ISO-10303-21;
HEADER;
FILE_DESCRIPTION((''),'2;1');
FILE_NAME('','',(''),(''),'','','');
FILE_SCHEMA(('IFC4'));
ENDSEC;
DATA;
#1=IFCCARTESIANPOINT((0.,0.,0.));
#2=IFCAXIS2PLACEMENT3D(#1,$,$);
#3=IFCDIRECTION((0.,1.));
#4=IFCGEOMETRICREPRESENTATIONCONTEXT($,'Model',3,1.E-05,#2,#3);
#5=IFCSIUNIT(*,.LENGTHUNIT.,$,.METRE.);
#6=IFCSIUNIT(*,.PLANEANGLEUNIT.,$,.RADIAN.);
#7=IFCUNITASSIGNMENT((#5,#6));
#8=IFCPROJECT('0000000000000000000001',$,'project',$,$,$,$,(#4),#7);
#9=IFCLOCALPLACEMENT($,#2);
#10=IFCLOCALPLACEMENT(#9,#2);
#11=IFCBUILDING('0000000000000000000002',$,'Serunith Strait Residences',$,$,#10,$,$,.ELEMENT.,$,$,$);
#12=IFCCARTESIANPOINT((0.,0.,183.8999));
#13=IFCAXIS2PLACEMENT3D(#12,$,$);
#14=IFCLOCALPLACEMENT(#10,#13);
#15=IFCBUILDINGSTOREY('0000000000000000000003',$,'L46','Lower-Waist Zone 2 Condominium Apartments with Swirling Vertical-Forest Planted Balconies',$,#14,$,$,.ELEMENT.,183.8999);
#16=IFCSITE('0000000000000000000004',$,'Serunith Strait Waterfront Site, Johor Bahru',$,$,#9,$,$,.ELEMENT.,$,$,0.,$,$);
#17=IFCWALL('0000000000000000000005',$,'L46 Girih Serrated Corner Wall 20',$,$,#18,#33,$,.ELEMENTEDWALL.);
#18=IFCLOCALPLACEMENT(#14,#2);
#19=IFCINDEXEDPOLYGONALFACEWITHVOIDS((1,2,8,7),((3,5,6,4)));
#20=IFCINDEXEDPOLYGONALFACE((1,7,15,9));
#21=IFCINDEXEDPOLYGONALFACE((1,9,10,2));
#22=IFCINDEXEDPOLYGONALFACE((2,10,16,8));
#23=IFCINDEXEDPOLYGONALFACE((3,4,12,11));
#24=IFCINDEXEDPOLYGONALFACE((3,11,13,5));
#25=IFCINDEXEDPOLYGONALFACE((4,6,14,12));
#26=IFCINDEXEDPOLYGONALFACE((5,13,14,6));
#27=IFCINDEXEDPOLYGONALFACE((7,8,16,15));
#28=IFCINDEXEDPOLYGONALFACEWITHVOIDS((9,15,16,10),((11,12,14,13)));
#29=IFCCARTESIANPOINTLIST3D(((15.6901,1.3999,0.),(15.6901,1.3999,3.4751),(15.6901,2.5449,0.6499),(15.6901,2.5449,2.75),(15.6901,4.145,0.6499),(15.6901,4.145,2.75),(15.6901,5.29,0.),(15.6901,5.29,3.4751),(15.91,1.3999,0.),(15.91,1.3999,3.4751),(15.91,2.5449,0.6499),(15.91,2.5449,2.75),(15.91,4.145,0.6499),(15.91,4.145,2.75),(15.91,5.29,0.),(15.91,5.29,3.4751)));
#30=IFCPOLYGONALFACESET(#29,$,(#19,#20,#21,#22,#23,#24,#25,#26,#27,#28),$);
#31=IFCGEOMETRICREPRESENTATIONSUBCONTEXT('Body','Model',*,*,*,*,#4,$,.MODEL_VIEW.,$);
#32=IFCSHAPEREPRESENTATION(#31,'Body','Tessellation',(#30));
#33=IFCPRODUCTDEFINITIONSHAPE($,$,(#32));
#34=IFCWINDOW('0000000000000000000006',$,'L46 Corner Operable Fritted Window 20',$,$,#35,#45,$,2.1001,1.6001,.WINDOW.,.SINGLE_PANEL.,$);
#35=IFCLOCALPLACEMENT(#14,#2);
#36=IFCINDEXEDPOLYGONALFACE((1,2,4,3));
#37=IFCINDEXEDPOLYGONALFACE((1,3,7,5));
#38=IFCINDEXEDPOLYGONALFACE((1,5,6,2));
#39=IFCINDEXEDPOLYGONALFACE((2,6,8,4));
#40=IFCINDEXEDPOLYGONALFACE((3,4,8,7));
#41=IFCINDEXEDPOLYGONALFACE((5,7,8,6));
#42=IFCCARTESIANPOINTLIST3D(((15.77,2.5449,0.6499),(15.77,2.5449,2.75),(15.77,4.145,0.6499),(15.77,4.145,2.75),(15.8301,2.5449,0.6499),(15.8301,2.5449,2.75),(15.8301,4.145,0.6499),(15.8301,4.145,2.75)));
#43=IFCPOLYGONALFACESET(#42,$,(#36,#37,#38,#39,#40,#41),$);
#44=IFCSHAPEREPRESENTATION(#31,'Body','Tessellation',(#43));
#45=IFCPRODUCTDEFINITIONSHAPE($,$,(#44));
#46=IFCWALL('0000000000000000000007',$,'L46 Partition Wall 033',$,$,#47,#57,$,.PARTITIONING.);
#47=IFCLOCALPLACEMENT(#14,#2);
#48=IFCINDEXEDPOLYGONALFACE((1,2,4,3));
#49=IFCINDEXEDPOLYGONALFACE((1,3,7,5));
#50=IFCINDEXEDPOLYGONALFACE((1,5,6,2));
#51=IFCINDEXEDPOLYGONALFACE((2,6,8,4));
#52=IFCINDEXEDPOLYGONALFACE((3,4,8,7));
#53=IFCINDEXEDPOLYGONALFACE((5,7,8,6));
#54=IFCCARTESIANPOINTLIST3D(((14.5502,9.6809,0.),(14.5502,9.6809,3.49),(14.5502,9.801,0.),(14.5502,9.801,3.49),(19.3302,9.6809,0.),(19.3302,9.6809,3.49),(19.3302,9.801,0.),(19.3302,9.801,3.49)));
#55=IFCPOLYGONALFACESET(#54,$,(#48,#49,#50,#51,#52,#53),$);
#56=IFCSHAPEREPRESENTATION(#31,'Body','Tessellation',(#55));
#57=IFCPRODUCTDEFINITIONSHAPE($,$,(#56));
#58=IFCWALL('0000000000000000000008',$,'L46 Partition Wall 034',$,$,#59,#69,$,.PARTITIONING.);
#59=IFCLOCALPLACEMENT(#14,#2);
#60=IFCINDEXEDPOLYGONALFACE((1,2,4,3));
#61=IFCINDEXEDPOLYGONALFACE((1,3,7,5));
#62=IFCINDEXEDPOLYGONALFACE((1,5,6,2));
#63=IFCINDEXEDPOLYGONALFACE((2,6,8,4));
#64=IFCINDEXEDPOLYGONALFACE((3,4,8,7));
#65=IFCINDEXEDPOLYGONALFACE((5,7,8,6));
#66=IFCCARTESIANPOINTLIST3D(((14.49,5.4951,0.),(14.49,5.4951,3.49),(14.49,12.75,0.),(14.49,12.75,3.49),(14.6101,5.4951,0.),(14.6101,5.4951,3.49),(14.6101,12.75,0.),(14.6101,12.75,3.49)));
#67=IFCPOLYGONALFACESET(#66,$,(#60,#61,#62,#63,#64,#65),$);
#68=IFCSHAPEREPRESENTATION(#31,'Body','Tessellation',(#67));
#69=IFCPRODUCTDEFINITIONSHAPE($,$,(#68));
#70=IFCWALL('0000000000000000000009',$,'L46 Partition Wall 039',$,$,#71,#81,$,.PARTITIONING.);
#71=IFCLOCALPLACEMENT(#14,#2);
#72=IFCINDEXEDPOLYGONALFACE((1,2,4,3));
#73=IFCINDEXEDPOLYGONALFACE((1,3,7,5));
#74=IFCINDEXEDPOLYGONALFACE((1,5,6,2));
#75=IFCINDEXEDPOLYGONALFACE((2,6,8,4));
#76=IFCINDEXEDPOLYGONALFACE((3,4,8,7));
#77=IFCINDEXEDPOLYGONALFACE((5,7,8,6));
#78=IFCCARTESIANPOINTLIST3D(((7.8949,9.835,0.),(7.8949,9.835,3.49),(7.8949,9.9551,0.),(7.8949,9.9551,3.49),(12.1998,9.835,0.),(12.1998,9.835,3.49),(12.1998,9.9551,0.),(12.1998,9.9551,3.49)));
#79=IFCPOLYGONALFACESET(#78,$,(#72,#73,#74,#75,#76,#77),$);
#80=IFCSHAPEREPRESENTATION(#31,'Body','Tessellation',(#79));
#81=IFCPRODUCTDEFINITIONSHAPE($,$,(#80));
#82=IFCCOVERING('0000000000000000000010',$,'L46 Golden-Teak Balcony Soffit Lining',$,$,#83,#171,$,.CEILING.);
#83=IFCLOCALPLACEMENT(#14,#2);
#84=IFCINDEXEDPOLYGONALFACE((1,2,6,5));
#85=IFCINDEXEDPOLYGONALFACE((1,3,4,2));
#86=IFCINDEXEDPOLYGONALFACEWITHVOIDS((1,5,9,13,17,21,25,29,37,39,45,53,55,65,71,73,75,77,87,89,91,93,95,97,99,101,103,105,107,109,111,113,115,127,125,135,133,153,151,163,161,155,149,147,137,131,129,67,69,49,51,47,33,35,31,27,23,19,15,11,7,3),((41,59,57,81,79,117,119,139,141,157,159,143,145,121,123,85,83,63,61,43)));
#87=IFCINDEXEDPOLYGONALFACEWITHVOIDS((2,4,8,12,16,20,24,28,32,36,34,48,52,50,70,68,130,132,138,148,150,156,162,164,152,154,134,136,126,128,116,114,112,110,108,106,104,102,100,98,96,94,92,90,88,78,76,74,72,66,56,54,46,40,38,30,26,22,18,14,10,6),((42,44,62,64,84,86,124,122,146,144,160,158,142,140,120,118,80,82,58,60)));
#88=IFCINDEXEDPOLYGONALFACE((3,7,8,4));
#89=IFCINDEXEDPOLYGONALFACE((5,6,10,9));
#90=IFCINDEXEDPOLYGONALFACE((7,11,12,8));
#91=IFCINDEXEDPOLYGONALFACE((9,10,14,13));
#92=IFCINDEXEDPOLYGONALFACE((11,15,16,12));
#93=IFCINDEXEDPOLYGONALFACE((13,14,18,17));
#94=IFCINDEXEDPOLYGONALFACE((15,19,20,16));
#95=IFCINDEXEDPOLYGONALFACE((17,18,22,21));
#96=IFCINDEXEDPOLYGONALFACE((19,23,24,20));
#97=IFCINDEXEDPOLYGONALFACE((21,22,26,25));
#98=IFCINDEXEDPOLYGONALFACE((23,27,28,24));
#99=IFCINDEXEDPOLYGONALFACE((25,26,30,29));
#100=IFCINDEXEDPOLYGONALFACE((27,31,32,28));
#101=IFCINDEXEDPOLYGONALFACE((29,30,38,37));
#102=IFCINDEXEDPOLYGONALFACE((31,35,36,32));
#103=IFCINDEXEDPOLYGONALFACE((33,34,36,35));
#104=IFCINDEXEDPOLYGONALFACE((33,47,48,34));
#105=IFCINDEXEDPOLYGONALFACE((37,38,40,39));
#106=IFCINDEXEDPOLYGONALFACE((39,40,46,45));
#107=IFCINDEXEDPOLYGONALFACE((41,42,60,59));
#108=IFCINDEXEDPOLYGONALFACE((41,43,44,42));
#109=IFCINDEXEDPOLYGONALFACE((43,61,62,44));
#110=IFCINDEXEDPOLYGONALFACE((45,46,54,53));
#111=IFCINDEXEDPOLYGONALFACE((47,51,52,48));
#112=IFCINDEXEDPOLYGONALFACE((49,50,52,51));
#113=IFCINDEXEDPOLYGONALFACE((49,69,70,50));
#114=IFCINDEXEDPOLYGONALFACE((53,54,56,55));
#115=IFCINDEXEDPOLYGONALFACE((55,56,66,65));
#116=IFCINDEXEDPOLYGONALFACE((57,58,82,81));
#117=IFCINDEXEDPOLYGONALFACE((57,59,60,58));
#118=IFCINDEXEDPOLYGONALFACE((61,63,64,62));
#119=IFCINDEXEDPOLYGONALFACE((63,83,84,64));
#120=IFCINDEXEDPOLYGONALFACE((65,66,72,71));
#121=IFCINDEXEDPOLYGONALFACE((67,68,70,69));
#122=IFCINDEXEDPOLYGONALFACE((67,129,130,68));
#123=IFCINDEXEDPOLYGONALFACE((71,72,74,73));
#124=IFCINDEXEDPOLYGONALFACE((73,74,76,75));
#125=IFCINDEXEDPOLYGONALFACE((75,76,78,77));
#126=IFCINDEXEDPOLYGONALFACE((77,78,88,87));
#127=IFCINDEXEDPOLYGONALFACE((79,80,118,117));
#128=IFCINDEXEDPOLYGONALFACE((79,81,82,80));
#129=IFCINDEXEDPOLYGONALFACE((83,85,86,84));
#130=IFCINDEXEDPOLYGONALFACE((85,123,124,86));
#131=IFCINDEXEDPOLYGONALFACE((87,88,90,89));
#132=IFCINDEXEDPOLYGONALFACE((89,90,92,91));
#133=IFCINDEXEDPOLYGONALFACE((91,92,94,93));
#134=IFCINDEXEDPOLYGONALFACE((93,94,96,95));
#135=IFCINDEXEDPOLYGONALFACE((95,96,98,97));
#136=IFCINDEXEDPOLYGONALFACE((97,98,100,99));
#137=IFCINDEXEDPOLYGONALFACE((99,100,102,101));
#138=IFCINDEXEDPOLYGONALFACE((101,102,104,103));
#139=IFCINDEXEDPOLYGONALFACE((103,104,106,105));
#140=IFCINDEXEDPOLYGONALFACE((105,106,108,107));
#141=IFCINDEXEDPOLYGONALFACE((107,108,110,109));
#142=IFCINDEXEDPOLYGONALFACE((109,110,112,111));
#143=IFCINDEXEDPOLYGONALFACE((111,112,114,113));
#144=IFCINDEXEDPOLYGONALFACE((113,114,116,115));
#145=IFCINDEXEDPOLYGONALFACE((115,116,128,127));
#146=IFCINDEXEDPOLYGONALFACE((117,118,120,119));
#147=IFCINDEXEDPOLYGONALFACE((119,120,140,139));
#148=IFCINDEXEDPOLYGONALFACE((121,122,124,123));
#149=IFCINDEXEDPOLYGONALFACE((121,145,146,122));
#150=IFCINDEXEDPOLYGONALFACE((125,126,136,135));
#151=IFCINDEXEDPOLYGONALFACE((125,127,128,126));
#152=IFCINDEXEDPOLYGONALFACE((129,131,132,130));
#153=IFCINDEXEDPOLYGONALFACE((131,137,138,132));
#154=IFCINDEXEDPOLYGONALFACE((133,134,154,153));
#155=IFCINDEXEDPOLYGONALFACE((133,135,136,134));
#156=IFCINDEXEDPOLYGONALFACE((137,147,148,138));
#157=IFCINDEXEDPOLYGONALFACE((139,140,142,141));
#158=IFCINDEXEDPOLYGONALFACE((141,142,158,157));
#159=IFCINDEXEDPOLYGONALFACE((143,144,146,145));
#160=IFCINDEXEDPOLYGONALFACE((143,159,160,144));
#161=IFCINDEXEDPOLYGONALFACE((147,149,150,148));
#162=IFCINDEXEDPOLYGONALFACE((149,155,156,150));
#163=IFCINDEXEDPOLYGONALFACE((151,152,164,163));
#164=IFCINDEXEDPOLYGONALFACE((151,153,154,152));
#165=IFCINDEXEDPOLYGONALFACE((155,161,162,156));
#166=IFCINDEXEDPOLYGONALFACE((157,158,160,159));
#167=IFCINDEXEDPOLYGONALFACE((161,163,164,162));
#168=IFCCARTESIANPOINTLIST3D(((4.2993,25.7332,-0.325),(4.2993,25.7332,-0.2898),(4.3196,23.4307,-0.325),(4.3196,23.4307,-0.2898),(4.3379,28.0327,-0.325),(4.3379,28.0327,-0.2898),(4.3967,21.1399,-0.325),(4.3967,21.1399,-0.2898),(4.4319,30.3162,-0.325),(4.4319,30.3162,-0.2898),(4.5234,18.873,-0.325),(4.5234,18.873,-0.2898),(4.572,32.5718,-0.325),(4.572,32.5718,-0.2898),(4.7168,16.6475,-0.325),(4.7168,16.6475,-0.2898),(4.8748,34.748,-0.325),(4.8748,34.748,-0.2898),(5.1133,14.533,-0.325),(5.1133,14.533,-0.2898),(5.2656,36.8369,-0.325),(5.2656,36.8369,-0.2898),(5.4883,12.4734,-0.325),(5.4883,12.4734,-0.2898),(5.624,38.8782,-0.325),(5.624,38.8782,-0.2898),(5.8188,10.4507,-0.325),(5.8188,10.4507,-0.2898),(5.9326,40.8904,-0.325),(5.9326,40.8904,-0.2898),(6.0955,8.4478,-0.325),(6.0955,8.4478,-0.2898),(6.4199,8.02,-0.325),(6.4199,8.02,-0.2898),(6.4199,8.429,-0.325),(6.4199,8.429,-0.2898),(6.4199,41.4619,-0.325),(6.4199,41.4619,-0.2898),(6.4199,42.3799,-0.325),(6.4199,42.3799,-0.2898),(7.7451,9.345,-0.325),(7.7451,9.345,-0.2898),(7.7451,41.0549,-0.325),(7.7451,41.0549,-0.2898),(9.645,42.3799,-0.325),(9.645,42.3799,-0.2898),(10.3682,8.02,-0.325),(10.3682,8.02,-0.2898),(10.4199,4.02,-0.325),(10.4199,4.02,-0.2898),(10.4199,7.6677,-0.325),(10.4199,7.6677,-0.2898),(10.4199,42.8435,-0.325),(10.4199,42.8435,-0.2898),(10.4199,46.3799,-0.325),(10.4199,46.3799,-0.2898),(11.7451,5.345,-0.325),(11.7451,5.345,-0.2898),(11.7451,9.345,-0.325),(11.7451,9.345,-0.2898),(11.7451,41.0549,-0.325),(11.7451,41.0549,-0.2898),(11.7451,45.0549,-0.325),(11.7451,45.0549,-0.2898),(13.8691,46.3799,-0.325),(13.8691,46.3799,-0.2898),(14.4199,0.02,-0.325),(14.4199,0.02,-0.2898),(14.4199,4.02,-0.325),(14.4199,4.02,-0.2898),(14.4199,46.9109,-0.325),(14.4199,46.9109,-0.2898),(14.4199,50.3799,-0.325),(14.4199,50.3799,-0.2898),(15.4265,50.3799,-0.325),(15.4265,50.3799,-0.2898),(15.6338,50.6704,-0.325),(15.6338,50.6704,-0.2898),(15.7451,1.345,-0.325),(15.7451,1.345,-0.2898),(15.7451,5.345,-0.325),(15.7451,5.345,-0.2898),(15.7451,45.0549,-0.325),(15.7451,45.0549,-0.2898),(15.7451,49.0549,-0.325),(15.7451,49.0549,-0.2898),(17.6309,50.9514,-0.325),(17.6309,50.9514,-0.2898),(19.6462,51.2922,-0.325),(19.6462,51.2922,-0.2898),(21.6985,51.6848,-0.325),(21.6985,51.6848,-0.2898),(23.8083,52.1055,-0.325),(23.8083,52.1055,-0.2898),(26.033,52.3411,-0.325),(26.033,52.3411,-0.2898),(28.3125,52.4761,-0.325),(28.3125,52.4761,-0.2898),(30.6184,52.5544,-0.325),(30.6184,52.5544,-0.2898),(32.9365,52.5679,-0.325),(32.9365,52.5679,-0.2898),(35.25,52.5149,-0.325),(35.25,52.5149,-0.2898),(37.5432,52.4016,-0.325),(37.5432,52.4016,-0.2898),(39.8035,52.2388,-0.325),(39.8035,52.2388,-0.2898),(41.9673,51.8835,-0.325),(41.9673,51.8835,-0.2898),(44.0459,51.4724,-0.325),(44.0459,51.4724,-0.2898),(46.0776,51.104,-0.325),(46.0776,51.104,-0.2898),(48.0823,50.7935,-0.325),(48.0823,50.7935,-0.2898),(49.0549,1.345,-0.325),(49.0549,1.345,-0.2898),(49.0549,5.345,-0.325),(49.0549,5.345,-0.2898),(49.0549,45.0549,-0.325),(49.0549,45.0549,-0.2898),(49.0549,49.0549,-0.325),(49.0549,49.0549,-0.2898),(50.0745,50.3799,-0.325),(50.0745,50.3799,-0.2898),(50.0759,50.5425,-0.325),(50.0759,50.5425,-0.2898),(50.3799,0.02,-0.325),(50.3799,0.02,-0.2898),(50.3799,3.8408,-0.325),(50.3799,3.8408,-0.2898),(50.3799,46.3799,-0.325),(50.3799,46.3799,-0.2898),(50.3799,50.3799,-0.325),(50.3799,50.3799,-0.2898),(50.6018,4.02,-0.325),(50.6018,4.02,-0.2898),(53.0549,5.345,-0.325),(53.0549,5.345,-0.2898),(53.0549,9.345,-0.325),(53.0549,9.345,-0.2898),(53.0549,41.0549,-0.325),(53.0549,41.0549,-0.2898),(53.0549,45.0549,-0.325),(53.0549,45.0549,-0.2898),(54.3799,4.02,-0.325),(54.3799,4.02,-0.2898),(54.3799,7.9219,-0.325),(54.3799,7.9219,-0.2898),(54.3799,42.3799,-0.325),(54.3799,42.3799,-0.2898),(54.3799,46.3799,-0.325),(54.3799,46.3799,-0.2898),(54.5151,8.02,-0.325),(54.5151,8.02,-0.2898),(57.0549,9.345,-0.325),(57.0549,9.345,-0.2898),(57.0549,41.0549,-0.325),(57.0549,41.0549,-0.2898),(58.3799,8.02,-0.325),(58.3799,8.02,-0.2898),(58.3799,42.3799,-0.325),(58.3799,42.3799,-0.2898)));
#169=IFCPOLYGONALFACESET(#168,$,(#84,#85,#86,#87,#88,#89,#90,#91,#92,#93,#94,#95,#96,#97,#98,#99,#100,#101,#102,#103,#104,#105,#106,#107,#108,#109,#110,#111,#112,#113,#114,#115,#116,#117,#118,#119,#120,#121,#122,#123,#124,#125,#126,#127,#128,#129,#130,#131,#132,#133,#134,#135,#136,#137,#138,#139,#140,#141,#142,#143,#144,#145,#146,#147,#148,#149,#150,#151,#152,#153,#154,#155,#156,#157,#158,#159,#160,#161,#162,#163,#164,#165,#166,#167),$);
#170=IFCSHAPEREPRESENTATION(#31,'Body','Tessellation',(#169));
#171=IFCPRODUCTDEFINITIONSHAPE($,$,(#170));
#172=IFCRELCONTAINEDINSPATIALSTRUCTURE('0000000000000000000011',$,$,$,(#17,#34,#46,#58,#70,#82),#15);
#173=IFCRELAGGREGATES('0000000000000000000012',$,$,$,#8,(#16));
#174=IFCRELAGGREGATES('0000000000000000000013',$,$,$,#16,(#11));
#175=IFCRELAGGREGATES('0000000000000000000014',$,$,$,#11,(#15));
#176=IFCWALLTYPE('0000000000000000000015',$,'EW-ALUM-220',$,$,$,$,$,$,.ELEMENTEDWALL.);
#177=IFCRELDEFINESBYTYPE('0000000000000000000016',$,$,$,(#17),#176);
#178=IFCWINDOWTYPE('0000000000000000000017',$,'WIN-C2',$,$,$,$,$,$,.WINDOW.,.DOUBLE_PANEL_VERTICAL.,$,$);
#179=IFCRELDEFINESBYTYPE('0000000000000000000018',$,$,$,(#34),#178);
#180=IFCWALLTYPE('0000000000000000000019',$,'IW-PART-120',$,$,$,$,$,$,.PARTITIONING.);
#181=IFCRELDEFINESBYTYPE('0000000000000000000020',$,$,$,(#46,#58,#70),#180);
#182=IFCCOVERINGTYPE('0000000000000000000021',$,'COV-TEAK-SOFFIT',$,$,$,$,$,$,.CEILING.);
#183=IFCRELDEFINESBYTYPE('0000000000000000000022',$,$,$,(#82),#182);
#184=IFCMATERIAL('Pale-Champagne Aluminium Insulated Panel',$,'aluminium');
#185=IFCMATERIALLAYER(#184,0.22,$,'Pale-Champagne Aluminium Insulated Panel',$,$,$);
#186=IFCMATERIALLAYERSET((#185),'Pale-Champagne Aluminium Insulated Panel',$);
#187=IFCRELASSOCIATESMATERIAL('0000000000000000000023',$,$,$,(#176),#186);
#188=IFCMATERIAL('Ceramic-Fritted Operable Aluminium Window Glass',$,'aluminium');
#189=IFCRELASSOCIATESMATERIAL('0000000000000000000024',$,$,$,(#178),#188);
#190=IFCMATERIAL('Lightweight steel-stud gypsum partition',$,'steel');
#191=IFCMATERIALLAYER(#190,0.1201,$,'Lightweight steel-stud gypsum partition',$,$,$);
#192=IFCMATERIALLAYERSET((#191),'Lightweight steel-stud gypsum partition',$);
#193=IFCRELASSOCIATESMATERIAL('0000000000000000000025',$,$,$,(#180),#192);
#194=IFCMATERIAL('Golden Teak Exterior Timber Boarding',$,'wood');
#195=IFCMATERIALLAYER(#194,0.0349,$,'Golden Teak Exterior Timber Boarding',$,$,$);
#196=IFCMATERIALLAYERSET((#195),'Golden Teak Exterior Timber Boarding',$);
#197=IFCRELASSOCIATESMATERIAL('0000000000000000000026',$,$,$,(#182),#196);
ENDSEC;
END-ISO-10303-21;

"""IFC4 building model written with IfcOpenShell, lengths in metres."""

from ifc_helpers import new_model, si_unit, direction, frame, frame_2d, origin, place, context, subcontext, project, spatial, polyline, rectangle, outline, extrude, source, transform, mapped, material, layer, layer_set, type_object, element, fill, save


model = new_model("IFC4")

# Units and contexts
model_context = context("Model", 3, precision=1e-05, world=origin(), true_north=direction((0.0, 1.0)))
body_context = subcontext(model_context, "Body", "Model", "MODEL_VIEW")
ifc_project = project(units=[si_unit("LENGTHUNIT", "METRE"), si_unit("PLANEANGLEUNIT", "RADIAN")], contexts=[model_context])

# Site, building, storey
site_placement = place(None, origin())
site = spatial("IfcSite", under=ifc_project, at=site_placement, Name="Serunith Strait Waterfront Site, Johor Bahru", CompositionType="ELEMENT", RefElevation=0.0)
building_placement = place(site_placement, origin())
building = spatial("IfcBuilding", under=site, at=building_placement, Name="Serunith Strait Residences", CompositionType="ELEMENT")
storey_placement = place(building_placement, frame((0.0, 0.0, 183.8999)))
storey = spatial("IfcBuildingStorey", under=building, at=storey_placement, Name="L46", Description="Lower-Waist Zone 2 Condominium Apartments with Swirling Vertical-Forest Planted Balconies", CompositionType="ELEMENT", Elevation=183.8999)

# Wall, opening, window
ifc_material_1 = material(Name="Pale-Champagne Aluminium Insulated Panel", Category="aluminium")
ifc_layer_1 = layer(ifc_material_1, 0.22, Name="Pale-Champagne Aluminium Insulated Panel")
ifc_layer_set_1 = layer_set([ifc_layer_1], Name="Pale-Champagne Aluminium Insulated Panel")
wall_type_1 = type_object("IfcWallType", Name="EW-ALUM-220", PredefinedType="ELEMENTEDWALL", material=ifc_layer_set_1)
ifc_material_2 = material(Name="Ceramic-Fritted Operable Aluminium Window Glass", Category="aluminium")
window_type = type_object("IfcWindowType", Name="WIN-C2", PartitioningType="DOUBLE_PANEL_VERTICAL", PredefinedType="WINDOW", material=ifc_material_2)
shared_shape_1 = source(origin(), body_context, "Body", "SweptSolid", [
    extrude(rectangle(XDim=1.6001, YDim=2.1001, at=frame_2d((0.8, 1.05))), frame((0.0, 0.03, 0.0), z_axis=(0.0, -1.0, 0.0), x_axis=(1.0, 0.0, 0.0)), (0.0, 0.0, 1.0), 0.0601),
])
wall_1_placement = place(storey_placement, frame((15.8, 5.29, 0.0), z_axis=(0.0, 0.0, 1.0), x_axis=(0.0, -1.0, 0.0)))
wall_1 = element("IfcWall", 1, at=wall_1_placement, inside=storey, type_object=wall_type_1, Name="L46 Girih Serrated Corner Wall 20", PredefinedType="ELEMENTEDWALL", context=body_context, shape_type="SweptSolid", body=[
    extrude(rectangle(XDim=3.8901, YDim=0.22, at=frame_2d((1.9451, 0.0))), origin(), (0.0, 0.0, 1.0), 3.4751),
])
opening_1_placement = place(wall_1_placement, frame((1.145, 0.0, 0.6499)))
opening_1 = element("IfcOpeningElement", 2, at=opening_1_placement, cuts=wall_1, PredefinedType="OPENING", context=body_context, shape_type="SweptSolid", body=[
    extrude(rectangle(XDim=1.6001, YDim=2.1001, at=frame_2d((0.8, 1.05))), frame((0.0, 0.1201, 0.0), z_axis=(0.0, -1.0, 0.0), x_axis=(1.0, 0.0, 0.0)), (0.0, 0.0, 1.0), 0.24),
])
window_1_placement = place(opening_1_placement, origin())
window_1 = element("IfcWindow", 3, at=window_1_placement, inside=storey, type_object=window_type, Name="L46 Corner Operable Fritted Window 20", OverallHeight=2.1001, OverallWidth=1.6001, PartitioningType="SINGLE_PANEL", PredefinedType="WINDOW", context=body_context, shape_type="MappedRepresentation", body=[
    mapped(shared_shape_1, transform((0.0, 0.0, 0.0), scale=1.0)),
])
fill(opening_1, window_1)

# Walls
ifc_material_3 = material(Name="Lightweight steel-stud gypsum partition", Category="steel")
ifc_layer_2 = layer(ifc_material_3, 0.1201, Name="Lightweight steel-stud gypsum partition")
ifc_layer_set_2 = layer_set([ifc_layer_2], Name="Lightweight steel-stud gypsum partition")
wall_type_2 = type_object("IfcWallType", Name="IW-PART-120", PredefinedType="PARTITIONING", material=ifc_layer_set_2)
wall_2_placement = place(storey_placement, frame((14.55, 9.741, 0.0), z_axis=(0.0, 0.0, 1.0), x_axis=(1.0, 0.0, 0.0)))
element("IfcWall", 4, at=wall_2_placement, inside=storey, type_object=wall_type_2, Name="L46 Partition Wall 033", PredefinedType="PARTITIONING", context=body_context, shape_type="SweptSolid", body=[
    extrude(rectangle(XDim=4.78, YDim=0.1201, at=frame_2d((2.3901, 0.0))), origin(), (0.0, 0.0, 1.0), 3.49),
])
wall_3_placement = place(storey_placement, frame((14.55, 5.4951, 0.0), z_axis=(0.0, 0.0, 1.0), x_axis=(0.0, 1.0, 0.0)))
element("IfcWall", 5, at=wall_3_placement, inside=storey, type_object=wall_type_2, Name="L46 Partition Wall 034", PredefinedType="PARTITIONING", context=body_context, shape_type="SweptSolid", body=[
    extrude(rectangle(XDim=7.2549, YDim=0.1201, at=frame_2d((3.6274, 0.0))), origin(), (0.0, 0.0, 1.0), 3.49),
])
wall_4_placement = place(storey_placement, frame((7.895, 9.895, 0.0), z_axis=(0.0, 0.0, 1.0), x_axis=(1.0, 0.0, 0.0)))
element("IfcWall", 6, at=wall_4_placement, inside=storey, type_object=wall_type_2, Name="L46 Partition Wall 039", PredefinedType="PARTITIONING", context=body_context, shape_type="SweptSolid", body=[
    extrude(rectangle(XDim=4.3049, YDim=0.1201, at=frame_2d((2.1523, 0.0))), origin(), (0.0, 0.0, 1.0), 3.49),
])

# Covering
ifc_material_4 = material(Name="Golden Teak Exterior Timber Boarding", Category="wood")
ifc_layer_3 = layer(ifc_material_4, 0.0349, Name="Golden Teak Exterior Timber Boarding")
ifc_layer_set_3 = layer_set([ifc_layer_3], Name="Golden Teak Exterior Timber Boarding")
covering_type_1 = type_object("IfcCoveringType", Name="COV-TEAK-SOFFIT", PredefinedType="CEILING", material=ifc_layer_set_3)
covering_placement = place(storey_placement, frame((0.0, 0.0, -0.325)))
element("IfcCovering", 7, at=covering_placement, inside=storey, type_object=covering_type_1, Name="L46 Golden-Teak Balcony Soffit Lining", PredefinedType="CEILING", context=body_context, shape_type="SweptSolid", body=[
    extrude(outline(polyline([(6.4199, 8.02), (6.4199, 8.429), (6.0955, 8.4478), (5.8188, 10.4507), (5.4883, 12.4734), (5.1133, 14.533), (4.7168, 16.6475), (4.5234, 18.873), (4.3967, 21.1399), (4.3196, 23.4307), (4.2993, 25.7332), (4.3379, 28.0327), (4.4319, 30.3162), (4.572, 32.5718), (4.8748, 34.748), (5.2656, 36.8369), (5.624, 38.8782), (5.9326, 40.8904), (6.4199, 41.4619), (6.4199, 42.3799), (9.645, 42.3799), (10.4199, 42.8435), (10.4199, 46.3799), (13.8691, 46.3799), (14.4199, 46.9109), (14.4199, 50.3799), (15.4265, 50.3799), (15.6338, 50.6704), (17.6309, 50.9514), (19.6462, 51.2922), (21.6985, 51.6848), (23.8083, 52.1055), (26.033, 52.3411), (28.3125, 52.4761), (30.6184, 52.5544), (32.9365, 52.5679), (35.25, 52.5149), (37.5432, 52.4016), (39.8035, 52.2388), (41.9673, 51.8835), (44.0459, 51.4724), (46.0776, 51.104), (48.0823, 50.7935), (50.0759, 50.5425), (50.0745, 50.3799), (50.3799, 50.3799), (50.3799, 46.3799), (54.3799, 46.3799), (54.3799, 42.3799), (58.3799, 42.3799), (58.3799, 8.02), (54.5151, 8.02), (54.3799, 7.9219), (54.3799, 4.02), (50.6018, 4.02), (50.3799, 3.8408), (50.3799, 0.02), (14.4199, 0.02), (14.4199, 4.02), (10.4199, 4.02), (10.4199, 7.6677), (10.3682, 8.02), (6.4199, 8.02)]), holes=[polyline([(49.0549, 1.345), (49.0549, 5.345), (53.0549, 5.345), (53.0549, 9.345), (57.0549, 9.345), (57.0549, 41.0549), (53.0549, 41.0549), (53.0549, 45.0549), (49.0549, 45.0549), (49.0549, 49.0549), (15.7451, 49.0549), (15.7451, 45.0549), (11.7451, 45.0549), (11.7451, 41.0549), (7.7451, 41.0549), (7.7451, 9.345), (11.7451, 9.345), (11.7451, 5.345), (15.7451, 5.345), (15.7451, 1.345), (49.0549, 1.345)])]), origin(), (0.0, 0.0, 1.0), 0.0352),
])

save(model, "model.ifc")
